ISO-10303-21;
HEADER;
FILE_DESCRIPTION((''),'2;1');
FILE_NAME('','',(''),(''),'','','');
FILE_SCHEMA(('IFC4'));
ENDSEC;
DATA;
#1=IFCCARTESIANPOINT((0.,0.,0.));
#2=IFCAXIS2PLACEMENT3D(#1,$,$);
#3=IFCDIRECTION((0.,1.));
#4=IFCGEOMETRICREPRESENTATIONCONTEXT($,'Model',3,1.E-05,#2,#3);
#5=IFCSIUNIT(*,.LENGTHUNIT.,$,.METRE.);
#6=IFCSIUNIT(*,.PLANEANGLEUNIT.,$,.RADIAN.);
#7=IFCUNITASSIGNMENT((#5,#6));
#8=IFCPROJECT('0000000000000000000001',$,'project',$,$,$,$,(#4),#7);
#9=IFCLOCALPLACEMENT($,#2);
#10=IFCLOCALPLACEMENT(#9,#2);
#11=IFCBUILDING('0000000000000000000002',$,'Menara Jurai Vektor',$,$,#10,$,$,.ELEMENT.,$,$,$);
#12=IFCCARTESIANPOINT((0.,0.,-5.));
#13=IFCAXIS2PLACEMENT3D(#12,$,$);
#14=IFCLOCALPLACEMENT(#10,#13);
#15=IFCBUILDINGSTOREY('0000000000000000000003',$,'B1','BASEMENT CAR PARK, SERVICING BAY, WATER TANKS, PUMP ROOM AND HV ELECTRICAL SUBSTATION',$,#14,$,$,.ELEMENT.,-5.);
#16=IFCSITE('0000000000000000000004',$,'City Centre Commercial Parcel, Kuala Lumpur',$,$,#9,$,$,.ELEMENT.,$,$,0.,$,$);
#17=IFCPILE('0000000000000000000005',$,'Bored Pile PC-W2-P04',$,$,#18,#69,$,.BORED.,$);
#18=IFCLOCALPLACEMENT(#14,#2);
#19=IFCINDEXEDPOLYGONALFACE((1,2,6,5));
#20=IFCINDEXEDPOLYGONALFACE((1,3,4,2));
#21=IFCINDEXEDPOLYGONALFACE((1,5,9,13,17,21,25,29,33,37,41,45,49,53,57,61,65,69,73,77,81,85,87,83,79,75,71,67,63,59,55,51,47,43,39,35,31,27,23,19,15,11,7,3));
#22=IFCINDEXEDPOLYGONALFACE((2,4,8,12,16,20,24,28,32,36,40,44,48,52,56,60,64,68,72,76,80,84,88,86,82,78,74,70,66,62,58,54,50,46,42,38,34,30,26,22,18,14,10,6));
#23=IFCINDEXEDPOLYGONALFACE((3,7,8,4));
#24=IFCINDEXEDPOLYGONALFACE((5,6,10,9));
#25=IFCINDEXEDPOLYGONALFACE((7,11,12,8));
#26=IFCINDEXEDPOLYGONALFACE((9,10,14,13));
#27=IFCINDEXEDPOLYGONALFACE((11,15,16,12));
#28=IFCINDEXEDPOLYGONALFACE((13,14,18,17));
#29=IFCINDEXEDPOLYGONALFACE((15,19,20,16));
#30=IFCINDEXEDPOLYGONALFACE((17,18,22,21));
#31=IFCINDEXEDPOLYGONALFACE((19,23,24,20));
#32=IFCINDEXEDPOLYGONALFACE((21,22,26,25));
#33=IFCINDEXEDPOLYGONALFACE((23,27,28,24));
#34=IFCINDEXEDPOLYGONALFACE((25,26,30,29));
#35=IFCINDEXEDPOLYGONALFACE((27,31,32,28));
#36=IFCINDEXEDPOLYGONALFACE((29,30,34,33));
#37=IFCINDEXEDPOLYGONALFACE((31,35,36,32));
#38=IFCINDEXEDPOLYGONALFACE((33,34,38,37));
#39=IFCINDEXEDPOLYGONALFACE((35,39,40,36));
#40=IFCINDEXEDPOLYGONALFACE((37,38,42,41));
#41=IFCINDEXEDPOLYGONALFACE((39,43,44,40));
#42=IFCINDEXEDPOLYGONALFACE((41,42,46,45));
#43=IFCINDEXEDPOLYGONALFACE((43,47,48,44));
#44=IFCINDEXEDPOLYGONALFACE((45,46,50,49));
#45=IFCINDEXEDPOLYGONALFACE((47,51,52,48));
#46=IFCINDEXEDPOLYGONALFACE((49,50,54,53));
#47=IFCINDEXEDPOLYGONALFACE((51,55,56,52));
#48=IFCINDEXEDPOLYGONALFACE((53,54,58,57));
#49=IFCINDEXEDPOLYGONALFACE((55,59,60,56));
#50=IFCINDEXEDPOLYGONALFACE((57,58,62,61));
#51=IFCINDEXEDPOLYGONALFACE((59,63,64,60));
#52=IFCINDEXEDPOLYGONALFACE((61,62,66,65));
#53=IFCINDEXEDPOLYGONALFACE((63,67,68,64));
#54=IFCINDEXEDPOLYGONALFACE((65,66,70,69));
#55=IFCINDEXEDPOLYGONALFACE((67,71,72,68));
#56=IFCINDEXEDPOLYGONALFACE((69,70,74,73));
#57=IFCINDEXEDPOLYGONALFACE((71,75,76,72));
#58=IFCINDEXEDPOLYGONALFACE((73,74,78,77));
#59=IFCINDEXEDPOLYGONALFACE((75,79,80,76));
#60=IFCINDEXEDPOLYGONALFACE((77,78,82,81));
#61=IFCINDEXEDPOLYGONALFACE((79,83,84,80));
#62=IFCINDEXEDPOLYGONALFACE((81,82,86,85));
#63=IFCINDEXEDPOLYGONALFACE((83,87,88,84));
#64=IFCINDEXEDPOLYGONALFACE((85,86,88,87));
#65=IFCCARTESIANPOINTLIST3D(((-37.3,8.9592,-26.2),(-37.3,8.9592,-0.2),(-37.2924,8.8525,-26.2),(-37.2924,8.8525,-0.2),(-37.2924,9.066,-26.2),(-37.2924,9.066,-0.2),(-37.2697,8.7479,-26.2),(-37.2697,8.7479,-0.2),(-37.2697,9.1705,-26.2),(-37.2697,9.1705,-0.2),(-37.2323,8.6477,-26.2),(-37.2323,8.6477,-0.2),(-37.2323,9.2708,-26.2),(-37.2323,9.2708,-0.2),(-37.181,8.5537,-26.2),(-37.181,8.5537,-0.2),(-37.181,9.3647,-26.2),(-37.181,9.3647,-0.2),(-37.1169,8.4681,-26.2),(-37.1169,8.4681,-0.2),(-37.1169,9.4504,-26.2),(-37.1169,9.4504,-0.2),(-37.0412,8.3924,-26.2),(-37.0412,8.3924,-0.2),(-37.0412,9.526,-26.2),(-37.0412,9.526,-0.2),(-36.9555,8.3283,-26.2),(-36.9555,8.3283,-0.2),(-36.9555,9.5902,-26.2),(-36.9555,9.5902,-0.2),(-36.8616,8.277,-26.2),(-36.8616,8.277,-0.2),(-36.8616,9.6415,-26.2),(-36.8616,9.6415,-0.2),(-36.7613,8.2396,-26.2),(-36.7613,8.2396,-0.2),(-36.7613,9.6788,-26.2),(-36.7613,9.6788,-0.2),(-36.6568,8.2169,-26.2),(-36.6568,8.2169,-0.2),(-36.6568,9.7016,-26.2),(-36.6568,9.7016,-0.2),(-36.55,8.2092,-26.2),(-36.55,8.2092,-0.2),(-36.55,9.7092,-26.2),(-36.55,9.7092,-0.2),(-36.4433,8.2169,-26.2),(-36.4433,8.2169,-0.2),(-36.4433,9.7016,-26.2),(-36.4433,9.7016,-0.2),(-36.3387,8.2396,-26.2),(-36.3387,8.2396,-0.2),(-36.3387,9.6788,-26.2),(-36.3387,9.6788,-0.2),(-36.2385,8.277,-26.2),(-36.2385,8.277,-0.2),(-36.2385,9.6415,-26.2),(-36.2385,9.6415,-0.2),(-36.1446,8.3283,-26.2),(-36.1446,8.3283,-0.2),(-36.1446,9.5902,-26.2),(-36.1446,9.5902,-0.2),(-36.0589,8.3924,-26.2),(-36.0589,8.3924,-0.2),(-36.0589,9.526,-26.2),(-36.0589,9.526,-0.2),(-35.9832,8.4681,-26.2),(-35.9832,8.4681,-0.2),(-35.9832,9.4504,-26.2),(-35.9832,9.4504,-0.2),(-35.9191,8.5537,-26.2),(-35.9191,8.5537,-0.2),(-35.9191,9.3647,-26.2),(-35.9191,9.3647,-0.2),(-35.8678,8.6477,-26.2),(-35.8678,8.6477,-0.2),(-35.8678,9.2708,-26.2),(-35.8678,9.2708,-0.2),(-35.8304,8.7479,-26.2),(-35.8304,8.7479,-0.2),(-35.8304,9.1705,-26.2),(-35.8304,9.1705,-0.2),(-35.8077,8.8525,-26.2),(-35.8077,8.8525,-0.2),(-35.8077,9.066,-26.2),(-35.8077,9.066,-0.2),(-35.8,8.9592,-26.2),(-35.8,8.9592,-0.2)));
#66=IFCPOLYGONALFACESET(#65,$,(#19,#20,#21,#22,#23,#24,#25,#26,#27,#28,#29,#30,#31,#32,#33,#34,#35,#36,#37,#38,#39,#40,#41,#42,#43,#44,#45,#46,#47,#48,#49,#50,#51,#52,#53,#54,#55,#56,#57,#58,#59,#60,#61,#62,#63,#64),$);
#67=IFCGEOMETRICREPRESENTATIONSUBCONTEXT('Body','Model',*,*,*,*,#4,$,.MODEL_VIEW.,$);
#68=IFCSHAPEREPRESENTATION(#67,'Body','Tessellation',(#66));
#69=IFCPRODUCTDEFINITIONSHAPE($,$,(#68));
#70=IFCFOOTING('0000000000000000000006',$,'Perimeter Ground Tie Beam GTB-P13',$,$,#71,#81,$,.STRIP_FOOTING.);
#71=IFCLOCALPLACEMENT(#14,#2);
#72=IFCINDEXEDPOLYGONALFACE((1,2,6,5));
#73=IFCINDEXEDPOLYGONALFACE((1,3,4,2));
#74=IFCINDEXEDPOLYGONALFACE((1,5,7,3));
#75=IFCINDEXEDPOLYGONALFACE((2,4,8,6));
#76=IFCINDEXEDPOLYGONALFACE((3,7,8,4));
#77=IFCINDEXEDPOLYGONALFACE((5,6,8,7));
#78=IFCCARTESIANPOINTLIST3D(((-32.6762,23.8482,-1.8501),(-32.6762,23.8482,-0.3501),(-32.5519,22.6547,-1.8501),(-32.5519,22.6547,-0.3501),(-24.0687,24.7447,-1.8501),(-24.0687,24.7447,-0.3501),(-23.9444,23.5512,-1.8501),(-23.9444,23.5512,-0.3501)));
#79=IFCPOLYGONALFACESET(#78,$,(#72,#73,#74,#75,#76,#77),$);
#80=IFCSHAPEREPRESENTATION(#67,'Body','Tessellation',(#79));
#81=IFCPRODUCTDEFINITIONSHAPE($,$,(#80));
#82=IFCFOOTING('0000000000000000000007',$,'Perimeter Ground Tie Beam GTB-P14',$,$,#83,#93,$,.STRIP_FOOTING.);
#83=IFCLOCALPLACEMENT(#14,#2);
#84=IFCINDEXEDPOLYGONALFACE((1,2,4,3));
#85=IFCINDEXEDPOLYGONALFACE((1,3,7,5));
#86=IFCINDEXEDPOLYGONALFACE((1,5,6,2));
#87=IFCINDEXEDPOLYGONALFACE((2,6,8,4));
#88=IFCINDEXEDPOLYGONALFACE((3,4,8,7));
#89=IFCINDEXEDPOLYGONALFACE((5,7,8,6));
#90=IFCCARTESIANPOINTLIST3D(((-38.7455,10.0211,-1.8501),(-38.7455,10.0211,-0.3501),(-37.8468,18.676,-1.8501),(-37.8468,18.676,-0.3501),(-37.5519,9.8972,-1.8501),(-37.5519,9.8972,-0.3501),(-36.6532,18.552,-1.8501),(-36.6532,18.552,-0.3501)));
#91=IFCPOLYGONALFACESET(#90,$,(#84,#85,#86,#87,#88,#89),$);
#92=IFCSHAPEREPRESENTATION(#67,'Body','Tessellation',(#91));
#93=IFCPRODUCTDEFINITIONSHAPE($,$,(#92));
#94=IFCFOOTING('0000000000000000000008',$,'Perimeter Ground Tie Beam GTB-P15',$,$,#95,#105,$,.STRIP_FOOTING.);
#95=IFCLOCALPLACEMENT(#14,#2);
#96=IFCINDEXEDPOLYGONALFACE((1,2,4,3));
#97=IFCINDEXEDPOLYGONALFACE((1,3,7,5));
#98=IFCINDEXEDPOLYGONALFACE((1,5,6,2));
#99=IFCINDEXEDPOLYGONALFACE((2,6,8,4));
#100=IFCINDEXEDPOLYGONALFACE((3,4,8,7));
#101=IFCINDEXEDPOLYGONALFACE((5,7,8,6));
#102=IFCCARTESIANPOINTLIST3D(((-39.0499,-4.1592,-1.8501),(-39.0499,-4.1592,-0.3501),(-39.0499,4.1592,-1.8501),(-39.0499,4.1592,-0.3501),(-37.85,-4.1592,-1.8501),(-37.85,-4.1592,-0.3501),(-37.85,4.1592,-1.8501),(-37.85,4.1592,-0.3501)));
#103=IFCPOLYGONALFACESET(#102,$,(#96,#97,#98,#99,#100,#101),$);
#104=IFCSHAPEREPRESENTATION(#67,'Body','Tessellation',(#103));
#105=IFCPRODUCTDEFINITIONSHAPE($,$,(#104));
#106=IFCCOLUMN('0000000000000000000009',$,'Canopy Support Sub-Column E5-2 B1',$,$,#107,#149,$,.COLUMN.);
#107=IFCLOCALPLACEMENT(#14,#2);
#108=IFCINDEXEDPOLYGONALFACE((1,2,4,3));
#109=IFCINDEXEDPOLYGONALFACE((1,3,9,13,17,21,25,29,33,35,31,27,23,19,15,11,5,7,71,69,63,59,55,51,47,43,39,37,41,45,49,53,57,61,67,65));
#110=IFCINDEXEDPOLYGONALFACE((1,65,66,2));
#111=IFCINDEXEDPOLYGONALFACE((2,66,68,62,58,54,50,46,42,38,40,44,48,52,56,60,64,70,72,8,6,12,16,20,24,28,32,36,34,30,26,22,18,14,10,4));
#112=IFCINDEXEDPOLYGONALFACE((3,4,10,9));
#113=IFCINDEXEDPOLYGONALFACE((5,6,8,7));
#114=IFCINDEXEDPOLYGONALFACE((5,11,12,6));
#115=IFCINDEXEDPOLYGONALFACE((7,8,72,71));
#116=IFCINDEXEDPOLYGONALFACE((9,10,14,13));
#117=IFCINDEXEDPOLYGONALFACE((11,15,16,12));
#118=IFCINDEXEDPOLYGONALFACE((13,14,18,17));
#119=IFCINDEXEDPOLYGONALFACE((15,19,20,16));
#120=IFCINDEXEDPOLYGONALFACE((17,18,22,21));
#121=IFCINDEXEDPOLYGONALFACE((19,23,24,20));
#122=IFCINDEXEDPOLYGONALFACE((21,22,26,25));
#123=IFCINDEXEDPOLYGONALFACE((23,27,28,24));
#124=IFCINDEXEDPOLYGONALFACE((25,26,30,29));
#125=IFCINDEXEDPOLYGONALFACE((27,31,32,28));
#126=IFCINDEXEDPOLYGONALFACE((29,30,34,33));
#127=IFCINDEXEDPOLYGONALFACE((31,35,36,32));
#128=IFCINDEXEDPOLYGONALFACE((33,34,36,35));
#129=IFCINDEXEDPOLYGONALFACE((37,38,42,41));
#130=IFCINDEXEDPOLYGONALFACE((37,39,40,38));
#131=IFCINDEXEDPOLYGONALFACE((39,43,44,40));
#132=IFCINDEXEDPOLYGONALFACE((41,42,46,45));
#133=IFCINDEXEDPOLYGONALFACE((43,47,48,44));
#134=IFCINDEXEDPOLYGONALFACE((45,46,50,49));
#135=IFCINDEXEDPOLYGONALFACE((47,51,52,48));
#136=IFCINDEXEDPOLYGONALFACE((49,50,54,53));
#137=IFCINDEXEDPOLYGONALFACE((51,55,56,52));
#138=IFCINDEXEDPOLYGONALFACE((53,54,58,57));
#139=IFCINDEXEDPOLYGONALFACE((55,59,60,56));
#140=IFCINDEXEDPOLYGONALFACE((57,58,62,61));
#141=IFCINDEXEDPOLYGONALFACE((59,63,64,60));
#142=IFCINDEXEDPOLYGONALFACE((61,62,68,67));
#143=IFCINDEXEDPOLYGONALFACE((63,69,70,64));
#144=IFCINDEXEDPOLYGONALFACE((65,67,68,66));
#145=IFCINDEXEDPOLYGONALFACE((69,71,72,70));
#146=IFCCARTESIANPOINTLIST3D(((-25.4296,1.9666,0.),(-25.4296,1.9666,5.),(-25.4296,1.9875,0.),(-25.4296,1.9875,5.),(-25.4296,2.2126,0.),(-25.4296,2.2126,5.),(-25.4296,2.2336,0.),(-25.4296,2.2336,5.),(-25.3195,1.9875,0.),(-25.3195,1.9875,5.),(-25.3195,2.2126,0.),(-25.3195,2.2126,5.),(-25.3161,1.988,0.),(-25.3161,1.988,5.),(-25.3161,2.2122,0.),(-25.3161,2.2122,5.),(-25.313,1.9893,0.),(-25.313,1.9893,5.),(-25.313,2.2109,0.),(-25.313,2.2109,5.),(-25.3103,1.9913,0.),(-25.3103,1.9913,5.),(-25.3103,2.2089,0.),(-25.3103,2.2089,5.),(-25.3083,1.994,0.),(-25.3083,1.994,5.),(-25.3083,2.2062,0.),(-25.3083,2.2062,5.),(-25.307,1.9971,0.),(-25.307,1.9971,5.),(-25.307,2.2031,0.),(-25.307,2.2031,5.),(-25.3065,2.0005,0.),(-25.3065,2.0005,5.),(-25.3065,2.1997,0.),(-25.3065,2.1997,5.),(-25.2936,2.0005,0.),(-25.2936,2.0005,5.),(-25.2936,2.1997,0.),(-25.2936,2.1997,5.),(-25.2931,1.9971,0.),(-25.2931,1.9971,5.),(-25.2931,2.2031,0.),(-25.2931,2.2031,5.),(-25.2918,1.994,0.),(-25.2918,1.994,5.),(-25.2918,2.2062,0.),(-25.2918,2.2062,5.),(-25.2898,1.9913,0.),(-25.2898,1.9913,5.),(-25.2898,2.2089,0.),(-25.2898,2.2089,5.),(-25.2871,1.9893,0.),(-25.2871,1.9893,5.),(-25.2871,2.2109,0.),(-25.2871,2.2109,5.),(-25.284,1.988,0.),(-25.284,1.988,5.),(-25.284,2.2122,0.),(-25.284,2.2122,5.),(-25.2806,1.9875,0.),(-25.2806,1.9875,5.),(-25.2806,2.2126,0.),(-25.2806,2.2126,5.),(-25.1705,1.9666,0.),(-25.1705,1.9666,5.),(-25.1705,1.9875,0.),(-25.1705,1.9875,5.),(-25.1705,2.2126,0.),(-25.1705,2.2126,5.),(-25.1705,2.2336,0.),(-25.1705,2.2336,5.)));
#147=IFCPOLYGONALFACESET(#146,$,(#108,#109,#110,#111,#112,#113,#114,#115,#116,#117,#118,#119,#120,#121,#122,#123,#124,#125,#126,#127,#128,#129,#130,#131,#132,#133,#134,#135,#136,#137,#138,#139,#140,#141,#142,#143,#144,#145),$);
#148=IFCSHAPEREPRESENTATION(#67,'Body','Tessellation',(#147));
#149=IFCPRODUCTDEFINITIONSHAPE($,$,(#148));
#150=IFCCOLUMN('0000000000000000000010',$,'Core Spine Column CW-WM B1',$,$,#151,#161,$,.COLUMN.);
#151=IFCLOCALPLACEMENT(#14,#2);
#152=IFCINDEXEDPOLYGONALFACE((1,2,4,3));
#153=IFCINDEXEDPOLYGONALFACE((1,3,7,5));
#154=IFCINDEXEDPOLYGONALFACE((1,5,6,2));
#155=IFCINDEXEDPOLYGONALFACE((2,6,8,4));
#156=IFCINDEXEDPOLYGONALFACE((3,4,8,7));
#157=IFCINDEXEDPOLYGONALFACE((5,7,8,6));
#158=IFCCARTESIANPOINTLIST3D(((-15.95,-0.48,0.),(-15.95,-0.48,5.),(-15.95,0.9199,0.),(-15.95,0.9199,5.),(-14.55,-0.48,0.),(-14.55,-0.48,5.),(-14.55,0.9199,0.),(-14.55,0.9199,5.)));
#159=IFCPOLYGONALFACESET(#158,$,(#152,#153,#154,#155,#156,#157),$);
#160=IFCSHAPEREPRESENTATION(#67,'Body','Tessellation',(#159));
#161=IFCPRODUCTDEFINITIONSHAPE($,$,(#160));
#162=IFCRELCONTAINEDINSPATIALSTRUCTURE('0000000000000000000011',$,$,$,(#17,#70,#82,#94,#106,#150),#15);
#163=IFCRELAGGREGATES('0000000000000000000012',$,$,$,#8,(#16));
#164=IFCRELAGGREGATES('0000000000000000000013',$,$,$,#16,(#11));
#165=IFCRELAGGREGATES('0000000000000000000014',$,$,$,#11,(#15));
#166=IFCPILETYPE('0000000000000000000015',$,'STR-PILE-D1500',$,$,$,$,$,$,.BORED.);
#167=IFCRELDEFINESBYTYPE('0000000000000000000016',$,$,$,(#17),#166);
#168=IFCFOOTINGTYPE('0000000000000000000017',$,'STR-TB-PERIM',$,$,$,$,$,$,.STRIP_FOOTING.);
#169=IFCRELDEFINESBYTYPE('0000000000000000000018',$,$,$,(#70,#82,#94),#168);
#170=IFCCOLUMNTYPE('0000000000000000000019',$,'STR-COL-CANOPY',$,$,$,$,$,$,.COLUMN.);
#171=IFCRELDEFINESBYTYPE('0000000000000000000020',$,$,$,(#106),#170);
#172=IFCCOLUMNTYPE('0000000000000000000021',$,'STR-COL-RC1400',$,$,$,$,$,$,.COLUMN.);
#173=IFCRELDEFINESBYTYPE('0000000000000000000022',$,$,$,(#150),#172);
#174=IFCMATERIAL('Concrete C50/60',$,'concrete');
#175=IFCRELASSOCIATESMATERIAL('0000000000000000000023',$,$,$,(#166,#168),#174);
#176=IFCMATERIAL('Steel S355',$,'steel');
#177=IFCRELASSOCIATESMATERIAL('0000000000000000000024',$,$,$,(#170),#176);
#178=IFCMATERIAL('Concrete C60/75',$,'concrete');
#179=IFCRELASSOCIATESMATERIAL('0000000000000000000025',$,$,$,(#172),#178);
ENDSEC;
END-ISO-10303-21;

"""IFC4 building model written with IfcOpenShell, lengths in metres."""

from ifc_helpers import new_model, si_unit, direction, frame, origin, origin_2d, place, context, subcontext, project, spatial, rectangle, circle, i_section, extrude, material, material_profile, profile_set, type_object, element, save


model = new_model("IFC4")

# Units and contexts
model_context = context("Model", 3, precision=1e-05, world=origin(), true_north=direction((0.0, 1.0)))
body_context = subcontext(model_context, "Body", "Model", "MODEL_VIEW")
ifc_project = project(units=[si_unit("LENGTHUNIT", "METRE"), si_unit("PLANEANGLEUNIT", "RADIAN")], contexts=[model_context])

# Site, building, storey
site_placement = place(None, origin())
site = spatial("IfcSite", under=ifc_project, at=site_placement, Name="City Centre Commercial Parcel, Kuala Lumpur", CompositionType="ELEMENT", RefElevation=0.0)
building_placement = place(site_placement, origin())
building = spatial("IfcBuilding", under=site, at=building_placement, Name="Menara Jurai Vektor", CompositionType="ELEMENT")
storey_placement = place(building_placement, frame((0.0, 0.0, -5.0)))
storey = spatial("IfcBuildingStorey", under=building, at=storey_placement, Name="B1", Description="BASEMENT CAR PARK, SERVICING BAY, WATER TANKS, PUMP ROOM AND HV ELECTRICAL SUBSTATION", CompositionType="ELEMENT", Elevation=-5.0)

# Shared definitions
ifc_material_1 = material(Name="Concrete C50/60", Category="concrete")

# Pile
ifc_material_profile_1 = material_profile(ifc_material_1, circle(Radius=0.75, at=origin_2d()), Name="PILE D1500")
ifc_profile_set_1 = profile_set([ifc_material_profile_1], Name="Concrete C50/60")
pile_type = type_object("IfcPileType", Name="STR-PILE-D1500", PredefinedType="BORED", material=ifc_profile_set_1)
for number, where, z_axis, x_axis, name in (
    (1, (-36.55, 8.9592, -0.2), (0.0, 0.0, -1.0), (1.0, 0.0, 0.0), "Bored Pile PC-W2-P04"),
):
    element("IfcPile", number, at=place(storey_placement, frame(where, z_axis=z_axis, x_axis=x_axis)), inside=storey, type_object=pile_type, Name=name, PredefinedType="BORED", context=body_context, shape_type="SweptSolid", body=[
        extrude(circle(Radius=0.75, at=origin_2d()), origin(), (0.0, 0.0, 1.0), 26.0),
    ])

# Footings
ifc_material_profile_2 = material_profile(ifc_material_1, rectangle(XDim=1.2, YDim=1.5, at=origin_2d()), Name="RC 1200x1500")
ifc_profile_set_2 = profile_set([ifc_material_profile_2], Name="Concrete C50/60")
footing_type_1 = type_object("IfcFootingType", Name="STR-TB-PERIM", PredefinedType="STRIP_FOOTING", material=ifc_profile_set_2)
footing_1_placement = place(storey_placement, frame((-24.0066, 24.1479, -1.1001), z_axis=(-0.99462, -0.103592, 0.0), x_axis=(0.103592, -0.99462, 0.0)))
element("IfcFooting", 2, at=footing_1_placement, inside=storey, type_object=footing_type_1, Name="Perimeter Ground Tie Beam GTB-P13", PredefinedType="STRIP_FOOTING", context=body_context, shape_type="SweptSolid", body=[
    extrude(rectangle(XDim=1.2, YDim=1.5, at=origin_2d()), origin(), (0.0, 0.0, 1.0), 8.6541),
])
footing_2_placement = place(storey_placement, frame((-37.25, 18.614, -1.1001), z_axis=(-0.103281, -0.994652, 0.0), x_axis=(0.994652, -0.103281, 0.0)))
element("IfcFooting", 3, at=footing_2_placement, inside=storey, type_object=footing_type_1, Name="Perimeter Ground Tie Beam GTB-P14", PredefinedType="STRIP_FOOTING", context=body_context, shape_type="SweptSolid", body=[
    extrude(rectangle(XDim=1.2, YDim=1.5, at=origin_2d()), origin(), (0.0, 0.0, 1.0), 8.7014),
])
footing_3_placement = place(storey_placement, frame((-38.45, 4.1592, -1.1001), z_axis=(0.0, -1.0, 0.0), x_axis=(1.0, 0.0, 0.0)))
element("IfcFooting", 4, at=footing_3_placement, inside=storey, type_object=footing_type_1, Name="Perimeter Ground Tie Beam GTB-P15", PredefinedType="STRIP_FOOTING", context=body_context, shape_type="SweptSolid", body=[
    extrude(rectangle(XDim=1.2, YDim=1.5, at=origin_2d()), origin(), (0.0, 0.0, 1.0), 8.3184),
])

# Columns
ifc_material_2 = material(Name="Steel S355", Category="steel")
ifc_material_profile_3 = material_profile(ifc_material_2, i_section(OverallWidth=0.259, OverallDepth=0.2671, WebThickness=0.0129, FlangeThickness=0.021, FilletRadius=0.0129, at=origin_2d()), Name="UKC 254x254x107")
ifc_profile_set_3 = profile_set([ifc_material_profile_3], Name="Steel S355")
column_type_1 = type_object("IfcColumnType", Name="STR-COL-CANOPY", PredefinedType="COLUMN", material=ifc_profile_set_3)
column_1_placement = place(storey_placement, frame((-25.3, 2.1001, 0.0), z_axis=(0.0, 0.0, 1.0), x_axis=(1.0, 0.0, 0.0)))
element("IfcColumn", 5, at=column_1_placement, inside=storey, type_object=column_type_1, Name="Canopy Support Sub-Column E5-2 B1", PredefinedType="COLUMN", context=body_context, shape_type="SweptSolid", body=[
    extrude(i_section(OverallWidth=0.259, OverallDepth=0.2671, WebThickness=0.0129, FlangeThickness=0.021, FilletRadius=0.0129, at=origin_2d()), origin(), (0.0, 0.0, 1.0), 5.0),
])
ifc_material_3 = material(Name="Concrete C60/75", Category="concrete")
ifc_material_profile_4 = material_profile(ifc_material_3, rectangle(XDim=1.3999, YDim=1.3999, at=origin_2d()), Name="RC 1400x1400")
ifc_profile_set_4 = profile_set([ifc_material_profile_4], Name="Concrete C60/75")
column_type_2 = type_object("IfcColumnType", Name="STR-COL-RC1400", PredefinedType="COLUMN", material=ifc_profile_set_4)
column_2_placement = place(storey_placement, frame((-15.25, 0.22, 0.0), z_axis=(0.0, 0.0, 1.0), x_axis=(1.0, 0.0, 0.0)))
element("IfcColumn", 6, at=column_2_placement, inside=storey, type_object=column_type_2, Name="Core Spine Column CW-WM B1", PredefinedType="COLUMN", context=body_context, shape_type="SweptSolid", body=[
    extrude(rectangle(XDim=1.3999, YDim=1.3999, at=origin_2d()), origin(), (0.0, 0.0, 1.0), 5.0),
])

save(model, "model.ifc")
